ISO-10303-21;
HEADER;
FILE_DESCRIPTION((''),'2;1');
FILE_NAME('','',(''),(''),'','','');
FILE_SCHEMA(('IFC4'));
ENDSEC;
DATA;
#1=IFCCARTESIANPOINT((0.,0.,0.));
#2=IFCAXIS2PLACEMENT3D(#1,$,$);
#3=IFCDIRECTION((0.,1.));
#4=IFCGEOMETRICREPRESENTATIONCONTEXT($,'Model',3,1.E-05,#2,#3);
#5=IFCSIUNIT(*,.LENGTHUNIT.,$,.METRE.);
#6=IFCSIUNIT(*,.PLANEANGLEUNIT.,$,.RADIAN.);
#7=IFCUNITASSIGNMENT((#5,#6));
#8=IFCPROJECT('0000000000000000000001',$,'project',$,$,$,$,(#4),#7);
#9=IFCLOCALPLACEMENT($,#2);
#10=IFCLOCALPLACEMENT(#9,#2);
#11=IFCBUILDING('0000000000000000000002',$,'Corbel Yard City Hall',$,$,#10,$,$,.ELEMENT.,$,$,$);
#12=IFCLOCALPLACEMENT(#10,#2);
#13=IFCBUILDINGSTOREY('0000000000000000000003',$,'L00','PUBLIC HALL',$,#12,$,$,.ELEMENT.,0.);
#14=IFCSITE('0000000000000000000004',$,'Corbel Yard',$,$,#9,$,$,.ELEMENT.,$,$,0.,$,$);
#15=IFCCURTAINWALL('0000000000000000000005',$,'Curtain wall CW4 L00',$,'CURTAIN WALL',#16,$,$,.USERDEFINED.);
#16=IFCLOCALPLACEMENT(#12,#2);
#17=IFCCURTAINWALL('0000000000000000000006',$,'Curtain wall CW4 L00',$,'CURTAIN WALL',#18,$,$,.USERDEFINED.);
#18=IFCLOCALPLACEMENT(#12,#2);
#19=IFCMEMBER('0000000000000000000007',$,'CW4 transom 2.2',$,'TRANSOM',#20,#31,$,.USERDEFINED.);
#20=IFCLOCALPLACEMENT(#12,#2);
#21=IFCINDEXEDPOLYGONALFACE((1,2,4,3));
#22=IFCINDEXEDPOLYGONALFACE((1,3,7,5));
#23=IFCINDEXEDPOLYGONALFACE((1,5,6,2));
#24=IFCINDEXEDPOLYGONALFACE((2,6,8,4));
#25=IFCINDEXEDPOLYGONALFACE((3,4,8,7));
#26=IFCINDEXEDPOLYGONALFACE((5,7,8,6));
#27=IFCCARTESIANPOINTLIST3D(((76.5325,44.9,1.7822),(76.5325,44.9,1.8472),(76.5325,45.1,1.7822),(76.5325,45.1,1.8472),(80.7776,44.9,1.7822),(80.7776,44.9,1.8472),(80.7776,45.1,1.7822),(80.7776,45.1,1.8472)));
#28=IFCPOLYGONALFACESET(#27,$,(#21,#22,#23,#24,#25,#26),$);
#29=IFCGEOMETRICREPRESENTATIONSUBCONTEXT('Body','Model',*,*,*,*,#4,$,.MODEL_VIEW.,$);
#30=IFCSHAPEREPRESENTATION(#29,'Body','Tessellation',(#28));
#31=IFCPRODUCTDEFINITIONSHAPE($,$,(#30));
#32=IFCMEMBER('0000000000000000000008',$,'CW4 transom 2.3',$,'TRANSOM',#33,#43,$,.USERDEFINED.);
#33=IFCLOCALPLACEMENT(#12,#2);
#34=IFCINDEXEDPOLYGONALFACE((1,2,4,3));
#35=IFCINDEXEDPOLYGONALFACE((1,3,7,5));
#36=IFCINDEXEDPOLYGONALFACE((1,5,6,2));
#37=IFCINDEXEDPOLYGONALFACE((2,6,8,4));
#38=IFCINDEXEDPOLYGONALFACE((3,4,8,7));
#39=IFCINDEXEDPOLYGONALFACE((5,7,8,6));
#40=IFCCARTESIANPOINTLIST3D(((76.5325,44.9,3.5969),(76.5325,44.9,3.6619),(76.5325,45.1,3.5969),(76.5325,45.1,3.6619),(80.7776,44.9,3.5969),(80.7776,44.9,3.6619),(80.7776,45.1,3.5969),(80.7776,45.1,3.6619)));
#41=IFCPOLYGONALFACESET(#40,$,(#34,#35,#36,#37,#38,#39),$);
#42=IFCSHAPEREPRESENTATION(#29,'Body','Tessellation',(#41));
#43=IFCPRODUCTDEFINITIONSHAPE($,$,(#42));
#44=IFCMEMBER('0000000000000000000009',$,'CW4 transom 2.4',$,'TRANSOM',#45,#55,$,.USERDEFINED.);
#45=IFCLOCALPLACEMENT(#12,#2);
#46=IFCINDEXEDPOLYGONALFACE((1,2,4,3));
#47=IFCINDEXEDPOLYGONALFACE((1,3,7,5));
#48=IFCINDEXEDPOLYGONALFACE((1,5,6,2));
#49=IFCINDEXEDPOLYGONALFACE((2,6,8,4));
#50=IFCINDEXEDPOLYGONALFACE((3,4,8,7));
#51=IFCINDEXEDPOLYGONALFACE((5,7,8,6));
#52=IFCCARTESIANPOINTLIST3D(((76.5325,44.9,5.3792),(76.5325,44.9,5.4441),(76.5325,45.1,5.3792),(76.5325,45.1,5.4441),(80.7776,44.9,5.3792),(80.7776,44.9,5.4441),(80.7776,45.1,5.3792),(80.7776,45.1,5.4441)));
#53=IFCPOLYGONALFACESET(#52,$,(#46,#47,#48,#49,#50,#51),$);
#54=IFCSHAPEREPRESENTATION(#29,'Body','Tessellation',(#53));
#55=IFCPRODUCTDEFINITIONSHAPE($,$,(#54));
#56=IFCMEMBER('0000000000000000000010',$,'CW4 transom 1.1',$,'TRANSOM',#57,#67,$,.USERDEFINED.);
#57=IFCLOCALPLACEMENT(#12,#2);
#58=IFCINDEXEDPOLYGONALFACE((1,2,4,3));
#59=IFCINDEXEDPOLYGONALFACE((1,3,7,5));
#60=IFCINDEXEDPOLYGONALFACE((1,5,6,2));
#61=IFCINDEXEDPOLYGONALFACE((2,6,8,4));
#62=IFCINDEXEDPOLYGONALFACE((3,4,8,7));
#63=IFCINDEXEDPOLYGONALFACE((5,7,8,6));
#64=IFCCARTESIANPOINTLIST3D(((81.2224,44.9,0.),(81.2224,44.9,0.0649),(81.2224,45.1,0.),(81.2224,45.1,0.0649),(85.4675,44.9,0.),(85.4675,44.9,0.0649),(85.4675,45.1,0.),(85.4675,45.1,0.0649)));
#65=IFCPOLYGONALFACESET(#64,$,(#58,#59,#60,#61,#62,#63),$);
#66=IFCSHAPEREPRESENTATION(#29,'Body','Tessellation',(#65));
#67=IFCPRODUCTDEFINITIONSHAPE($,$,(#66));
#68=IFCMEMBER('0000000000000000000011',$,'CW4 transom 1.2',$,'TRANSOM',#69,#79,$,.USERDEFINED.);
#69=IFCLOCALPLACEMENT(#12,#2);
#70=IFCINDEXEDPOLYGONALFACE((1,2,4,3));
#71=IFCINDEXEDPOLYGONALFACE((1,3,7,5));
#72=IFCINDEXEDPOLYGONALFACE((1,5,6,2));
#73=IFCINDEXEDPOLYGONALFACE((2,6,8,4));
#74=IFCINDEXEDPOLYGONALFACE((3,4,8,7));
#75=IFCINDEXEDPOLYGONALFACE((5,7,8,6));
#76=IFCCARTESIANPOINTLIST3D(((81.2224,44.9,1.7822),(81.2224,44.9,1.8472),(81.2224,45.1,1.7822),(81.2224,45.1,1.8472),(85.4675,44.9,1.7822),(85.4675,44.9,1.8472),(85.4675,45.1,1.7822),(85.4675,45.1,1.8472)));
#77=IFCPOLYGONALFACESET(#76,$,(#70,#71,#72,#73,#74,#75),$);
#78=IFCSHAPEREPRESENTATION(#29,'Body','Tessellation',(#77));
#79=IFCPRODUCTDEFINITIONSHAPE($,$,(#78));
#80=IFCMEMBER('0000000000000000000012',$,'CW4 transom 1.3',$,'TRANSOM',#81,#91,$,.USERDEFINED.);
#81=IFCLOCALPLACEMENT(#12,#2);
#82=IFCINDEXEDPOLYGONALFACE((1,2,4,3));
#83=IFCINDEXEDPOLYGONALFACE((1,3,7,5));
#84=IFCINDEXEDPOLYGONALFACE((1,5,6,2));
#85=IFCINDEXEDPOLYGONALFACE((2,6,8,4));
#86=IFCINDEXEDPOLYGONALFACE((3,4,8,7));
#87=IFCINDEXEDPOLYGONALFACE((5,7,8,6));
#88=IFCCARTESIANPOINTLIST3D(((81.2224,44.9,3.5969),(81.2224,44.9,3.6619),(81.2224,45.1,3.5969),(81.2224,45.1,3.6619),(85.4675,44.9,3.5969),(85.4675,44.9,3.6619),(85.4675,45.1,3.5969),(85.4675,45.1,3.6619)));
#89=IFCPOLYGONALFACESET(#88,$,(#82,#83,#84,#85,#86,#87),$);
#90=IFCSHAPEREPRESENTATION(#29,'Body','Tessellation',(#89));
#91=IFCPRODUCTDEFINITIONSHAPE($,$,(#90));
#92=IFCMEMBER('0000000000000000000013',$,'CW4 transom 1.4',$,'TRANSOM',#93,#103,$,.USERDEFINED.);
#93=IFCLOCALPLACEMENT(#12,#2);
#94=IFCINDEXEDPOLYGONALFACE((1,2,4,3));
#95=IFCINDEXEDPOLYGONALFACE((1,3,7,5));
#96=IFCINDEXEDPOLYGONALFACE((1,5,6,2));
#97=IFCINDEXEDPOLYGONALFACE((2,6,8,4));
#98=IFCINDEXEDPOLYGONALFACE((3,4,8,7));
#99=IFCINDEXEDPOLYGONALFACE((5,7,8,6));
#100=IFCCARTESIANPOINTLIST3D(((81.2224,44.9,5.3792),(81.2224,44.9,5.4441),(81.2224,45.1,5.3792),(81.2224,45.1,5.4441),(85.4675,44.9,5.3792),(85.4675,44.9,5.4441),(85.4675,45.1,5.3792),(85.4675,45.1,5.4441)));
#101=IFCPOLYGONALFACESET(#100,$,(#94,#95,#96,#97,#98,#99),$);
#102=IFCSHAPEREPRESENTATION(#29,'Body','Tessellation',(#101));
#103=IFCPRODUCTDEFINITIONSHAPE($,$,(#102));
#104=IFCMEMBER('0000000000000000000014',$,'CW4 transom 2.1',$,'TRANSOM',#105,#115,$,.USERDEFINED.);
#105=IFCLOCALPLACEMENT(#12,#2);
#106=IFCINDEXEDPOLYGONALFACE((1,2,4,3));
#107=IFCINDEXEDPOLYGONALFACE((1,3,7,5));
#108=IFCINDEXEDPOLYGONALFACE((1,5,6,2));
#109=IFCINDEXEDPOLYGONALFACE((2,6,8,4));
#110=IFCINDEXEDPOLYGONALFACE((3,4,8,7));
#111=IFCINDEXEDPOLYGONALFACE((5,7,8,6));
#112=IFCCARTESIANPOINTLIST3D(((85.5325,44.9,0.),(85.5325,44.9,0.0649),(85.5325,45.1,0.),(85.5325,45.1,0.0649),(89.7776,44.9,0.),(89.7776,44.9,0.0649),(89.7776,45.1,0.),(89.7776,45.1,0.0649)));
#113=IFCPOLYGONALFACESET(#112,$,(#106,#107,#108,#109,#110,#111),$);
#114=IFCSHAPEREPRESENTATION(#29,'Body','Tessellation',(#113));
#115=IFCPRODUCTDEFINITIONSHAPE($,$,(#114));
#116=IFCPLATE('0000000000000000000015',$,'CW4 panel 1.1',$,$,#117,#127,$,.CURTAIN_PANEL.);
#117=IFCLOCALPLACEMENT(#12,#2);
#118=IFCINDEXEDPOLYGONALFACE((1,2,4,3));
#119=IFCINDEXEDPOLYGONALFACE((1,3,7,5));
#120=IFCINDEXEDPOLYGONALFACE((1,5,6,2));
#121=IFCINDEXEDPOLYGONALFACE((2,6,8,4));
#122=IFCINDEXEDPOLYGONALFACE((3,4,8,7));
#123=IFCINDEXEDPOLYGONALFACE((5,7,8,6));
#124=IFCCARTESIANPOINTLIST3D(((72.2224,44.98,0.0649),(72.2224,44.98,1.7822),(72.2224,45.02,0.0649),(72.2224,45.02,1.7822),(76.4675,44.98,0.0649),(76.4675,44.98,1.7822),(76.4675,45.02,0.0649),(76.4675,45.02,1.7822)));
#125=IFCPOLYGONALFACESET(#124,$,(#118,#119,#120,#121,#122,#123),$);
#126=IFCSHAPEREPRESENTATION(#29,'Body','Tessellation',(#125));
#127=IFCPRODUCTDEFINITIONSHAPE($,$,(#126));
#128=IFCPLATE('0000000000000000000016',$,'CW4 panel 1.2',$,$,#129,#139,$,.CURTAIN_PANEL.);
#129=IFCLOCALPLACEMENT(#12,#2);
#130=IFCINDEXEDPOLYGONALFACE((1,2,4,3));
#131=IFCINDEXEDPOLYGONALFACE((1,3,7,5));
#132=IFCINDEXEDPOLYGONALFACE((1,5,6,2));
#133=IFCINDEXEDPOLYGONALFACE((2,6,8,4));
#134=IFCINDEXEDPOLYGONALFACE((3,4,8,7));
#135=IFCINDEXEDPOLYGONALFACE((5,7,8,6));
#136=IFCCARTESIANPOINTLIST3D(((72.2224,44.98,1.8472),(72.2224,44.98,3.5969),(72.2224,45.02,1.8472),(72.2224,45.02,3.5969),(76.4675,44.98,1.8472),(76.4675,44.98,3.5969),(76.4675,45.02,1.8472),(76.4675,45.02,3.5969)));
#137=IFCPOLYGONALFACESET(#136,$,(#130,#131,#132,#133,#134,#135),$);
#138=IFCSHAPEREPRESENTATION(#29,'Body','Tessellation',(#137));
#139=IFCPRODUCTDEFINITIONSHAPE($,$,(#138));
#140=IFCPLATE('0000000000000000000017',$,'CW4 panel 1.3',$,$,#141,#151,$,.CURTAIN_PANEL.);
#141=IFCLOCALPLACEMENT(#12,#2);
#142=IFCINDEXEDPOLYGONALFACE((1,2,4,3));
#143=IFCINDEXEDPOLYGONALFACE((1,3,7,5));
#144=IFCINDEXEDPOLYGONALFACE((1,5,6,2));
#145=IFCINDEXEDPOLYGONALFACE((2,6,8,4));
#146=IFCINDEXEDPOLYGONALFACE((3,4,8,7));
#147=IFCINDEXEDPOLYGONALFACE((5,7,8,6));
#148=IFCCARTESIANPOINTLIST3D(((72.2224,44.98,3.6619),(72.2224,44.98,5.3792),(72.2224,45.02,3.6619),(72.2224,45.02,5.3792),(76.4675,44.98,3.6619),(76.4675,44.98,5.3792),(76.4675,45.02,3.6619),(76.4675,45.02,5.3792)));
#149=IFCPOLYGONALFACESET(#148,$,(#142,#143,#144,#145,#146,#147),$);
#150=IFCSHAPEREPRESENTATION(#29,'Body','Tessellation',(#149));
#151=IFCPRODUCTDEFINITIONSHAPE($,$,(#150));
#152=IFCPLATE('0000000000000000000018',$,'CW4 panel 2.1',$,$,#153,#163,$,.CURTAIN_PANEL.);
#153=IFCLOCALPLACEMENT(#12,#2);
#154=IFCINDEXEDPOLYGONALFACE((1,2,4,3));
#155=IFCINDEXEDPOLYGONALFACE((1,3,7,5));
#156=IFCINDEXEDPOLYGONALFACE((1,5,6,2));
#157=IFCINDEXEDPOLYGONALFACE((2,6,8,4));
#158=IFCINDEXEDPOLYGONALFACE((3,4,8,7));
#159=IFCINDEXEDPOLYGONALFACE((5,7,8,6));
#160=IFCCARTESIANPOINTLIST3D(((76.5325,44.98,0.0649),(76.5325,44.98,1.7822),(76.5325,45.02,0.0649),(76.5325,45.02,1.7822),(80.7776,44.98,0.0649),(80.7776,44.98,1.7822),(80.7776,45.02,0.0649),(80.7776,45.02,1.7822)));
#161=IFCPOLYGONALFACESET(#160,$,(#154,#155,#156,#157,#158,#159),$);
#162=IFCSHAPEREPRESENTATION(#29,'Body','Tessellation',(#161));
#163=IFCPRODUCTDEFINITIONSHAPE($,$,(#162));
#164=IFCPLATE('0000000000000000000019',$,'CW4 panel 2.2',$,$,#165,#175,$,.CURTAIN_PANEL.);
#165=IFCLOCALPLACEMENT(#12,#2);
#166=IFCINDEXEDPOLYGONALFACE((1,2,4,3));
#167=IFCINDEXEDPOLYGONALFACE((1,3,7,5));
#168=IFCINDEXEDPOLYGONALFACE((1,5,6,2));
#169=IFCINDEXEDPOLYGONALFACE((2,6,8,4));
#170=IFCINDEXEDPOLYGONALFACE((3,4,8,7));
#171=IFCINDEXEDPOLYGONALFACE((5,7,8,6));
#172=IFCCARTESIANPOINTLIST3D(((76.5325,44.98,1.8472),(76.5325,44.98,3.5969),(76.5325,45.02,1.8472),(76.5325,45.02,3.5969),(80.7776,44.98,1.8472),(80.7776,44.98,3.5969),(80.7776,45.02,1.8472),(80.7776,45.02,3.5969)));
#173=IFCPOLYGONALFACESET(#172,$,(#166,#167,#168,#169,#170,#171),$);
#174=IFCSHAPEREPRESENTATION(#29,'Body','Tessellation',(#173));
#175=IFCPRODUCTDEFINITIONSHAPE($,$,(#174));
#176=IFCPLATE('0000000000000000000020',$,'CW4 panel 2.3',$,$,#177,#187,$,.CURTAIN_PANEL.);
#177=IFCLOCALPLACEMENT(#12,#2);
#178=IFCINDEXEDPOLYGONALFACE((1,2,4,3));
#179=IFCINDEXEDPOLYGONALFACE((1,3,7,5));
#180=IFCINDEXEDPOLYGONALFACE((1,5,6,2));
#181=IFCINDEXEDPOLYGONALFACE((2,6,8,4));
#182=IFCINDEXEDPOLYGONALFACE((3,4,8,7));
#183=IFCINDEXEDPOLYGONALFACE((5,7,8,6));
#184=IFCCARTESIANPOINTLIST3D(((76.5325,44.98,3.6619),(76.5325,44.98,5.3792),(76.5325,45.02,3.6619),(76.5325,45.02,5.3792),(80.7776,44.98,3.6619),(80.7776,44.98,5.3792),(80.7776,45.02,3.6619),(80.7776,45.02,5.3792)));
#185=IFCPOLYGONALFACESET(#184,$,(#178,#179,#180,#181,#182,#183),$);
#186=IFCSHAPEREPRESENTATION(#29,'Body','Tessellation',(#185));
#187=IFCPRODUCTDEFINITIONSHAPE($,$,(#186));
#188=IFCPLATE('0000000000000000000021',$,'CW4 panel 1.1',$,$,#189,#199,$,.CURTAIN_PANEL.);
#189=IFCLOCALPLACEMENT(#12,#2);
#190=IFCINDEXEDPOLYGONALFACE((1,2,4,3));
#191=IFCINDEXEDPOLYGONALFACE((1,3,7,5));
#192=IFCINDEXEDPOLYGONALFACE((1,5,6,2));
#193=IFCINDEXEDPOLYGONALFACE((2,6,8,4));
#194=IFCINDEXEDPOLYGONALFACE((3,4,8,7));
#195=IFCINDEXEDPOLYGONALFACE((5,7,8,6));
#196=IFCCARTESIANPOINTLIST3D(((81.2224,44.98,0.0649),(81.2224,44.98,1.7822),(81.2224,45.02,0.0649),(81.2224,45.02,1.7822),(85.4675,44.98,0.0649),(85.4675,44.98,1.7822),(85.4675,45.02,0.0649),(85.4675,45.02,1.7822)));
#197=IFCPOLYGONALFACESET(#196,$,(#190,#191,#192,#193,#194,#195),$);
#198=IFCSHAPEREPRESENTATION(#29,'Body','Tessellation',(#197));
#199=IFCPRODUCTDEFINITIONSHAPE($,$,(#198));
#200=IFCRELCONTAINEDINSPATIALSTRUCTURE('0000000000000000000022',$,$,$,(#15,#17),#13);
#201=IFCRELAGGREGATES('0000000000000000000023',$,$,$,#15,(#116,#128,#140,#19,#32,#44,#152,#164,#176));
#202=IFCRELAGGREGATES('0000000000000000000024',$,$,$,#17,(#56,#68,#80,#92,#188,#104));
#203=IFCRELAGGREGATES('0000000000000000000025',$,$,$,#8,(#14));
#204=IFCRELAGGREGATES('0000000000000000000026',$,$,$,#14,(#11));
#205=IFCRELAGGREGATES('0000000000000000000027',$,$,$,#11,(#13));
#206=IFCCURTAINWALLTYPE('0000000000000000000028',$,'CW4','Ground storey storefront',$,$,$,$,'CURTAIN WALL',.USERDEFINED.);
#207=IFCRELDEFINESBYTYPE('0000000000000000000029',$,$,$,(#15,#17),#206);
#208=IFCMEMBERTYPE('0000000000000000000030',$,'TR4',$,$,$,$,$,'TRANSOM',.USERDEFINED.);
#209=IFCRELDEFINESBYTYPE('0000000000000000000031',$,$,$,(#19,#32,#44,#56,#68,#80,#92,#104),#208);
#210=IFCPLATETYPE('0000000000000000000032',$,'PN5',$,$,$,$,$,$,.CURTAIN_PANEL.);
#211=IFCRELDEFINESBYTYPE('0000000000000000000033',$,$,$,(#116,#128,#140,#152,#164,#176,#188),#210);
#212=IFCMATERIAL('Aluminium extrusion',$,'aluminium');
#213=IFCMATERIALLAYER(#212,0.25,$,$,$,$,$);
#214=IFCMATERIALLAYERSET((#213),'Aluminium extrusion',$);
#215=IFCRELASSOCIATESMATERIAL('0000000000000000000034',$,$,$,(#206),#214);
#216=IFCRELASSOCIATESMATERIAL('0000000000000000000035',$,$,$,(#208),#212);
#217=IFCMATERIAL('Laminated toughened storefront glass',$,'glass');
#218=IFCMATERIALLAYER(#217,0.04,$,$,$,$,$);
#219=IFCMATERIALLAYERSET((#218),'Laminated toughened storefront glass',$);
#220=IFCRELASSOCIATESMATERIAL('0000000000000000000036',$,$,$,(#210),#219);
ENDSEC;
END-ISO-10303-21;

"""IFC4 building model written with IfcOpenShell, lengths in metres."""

from ifc_helpers import new_model, si_unit, direction, frame, origin, origin_2d, place, context, subcontext, project, spatial, rectangle, extrude, material, layer, layer_set, material_profile, profile_set, type_object, element, aggregate, save


model = new_model("IFC4")

# Units and contexts
model_context = context("Model", 3, precision=1e-05, world=origin(), true_north=direction((0.0, 1.0)))
body_context = subcontext(model_context, "Body", "Model", "MODEL_VIEW")
ifc_project = project(units=[si_unit("LENGTHUNIT", "METRE"), si_unit("PLANEANGLEUNIT", "RADIAN")], contexts=[model_context])

# Site, building, storey
site_placement = place(None, origin())
site = spatial("IfcSite", under=ifc_project, at=site_placement, Name="Corbel Yard", CompositionType="ELEMENT", RefElevation=0.0)
building_placement = place(site_placement, origin())
building = spatial("IfcBuilding", under=site, at=building_placement, Name="Corbel Yard City Hall", CompositionType="ELEMENT")
storey_placement = place(building_placement, origin())
storey = spatial("IfcBuildingStorey", under=building, at=storey_placement, Name="L00", Description="PUBLIC HALL", CompositionType="ELEMENT", Elevation=0.0)

# Curtain walls
ifc_material_1 = material(Name="Aluminium extrusion", Category="aluminium")
ifc_layer_1 = layer(ifc_material_1, 0.25)
ifc_layer_set_1 = layer_set([ifc_layer_1], Name="Aluminium extrusion")
curtain_wall_type = type_object("IfcCurtainWallType", Name="CW4", Description="Ground storey storefront", ElementType="CURTAIN WALL", PredefinedType="USERDEFINED", material=ifc_layer_set_1)
curtain_wall_1_placement = place(storey_placement, origin())
curtain_wall_1 = element("IfcCurtainWall", 1, at=curtain_wall_1_placement, inside=storey, type_object=curtain_wall_type, Name="Curtain wall CW4 L00", ObjectType="CURTAIN WALL", PredefinedType="USERDEFINED")
curtain_wall_2_placement = place(storey_placement, origin())
curtain_wall_2 = element("IfcCurtainWall", 2, at=curtain_wall_2_placement, inside=storey, type_object=curtain_wall_type, Name="Curtain wall CW4 L00", ObjectType="CURTAIN WALL", PredefinedType="USERDEFINED")

# Members
ifc_material_profile_1 = material_profile(ifc_material_1, rectangle(XDim=0.2, YDim=0.0649, at=origin_2d()), Name="200x65")
ifc_profile_set_1 = profile_set([ifc_material_profile_1], Name="Aluminium extrusion")
member_type_1 = type_object("IfcMemberType", Name="TR4", ElementType="TRANSOM", PredefinedType="USERDEFINED", material=ifc_profile_set_1)
member_1_placement = place(storey_placement, frame((76.5325, 45.0, 1.8147), z_axis=(1.0, 0.0, 0.0), x_axis=(0.0, 1.0, 0.0)))
member_1 = element("IfcMember", 3, at=member_1_placement, type_object=member_type_1, Name="CW4 transom 2.2", ObjectType="TRANSOM", PredefinedType="USERDEFINED", context=body_context, shape_type="SweptSolid", body=[
    extrude(rectangle(XDim=0.2, YDim=0.0649, at=origin_2d()), origin(), (0.0, 0.0, 1.0), 4.2451),
])
member_2_placement = place(storey_placement, frame((76.5325, 45.0, 3.6294), z_axis=(1.0, 0.0, 0.0), x_axis=(0.0, 1.0, 0.0)))
member_2 = element("IfcMember", 4, at=member_2_placement, type_object=member_type_1, Name="CW4 transom 2.3", ObjectType="TRANSOM", PredefinedType="USERDEFINED", context=body_context, shape_type="SweptSolid", body=[
    extrude(rectangle(XDim=0.2, YDim=0.0649, at=origin_2d()), origin(), (0.0, 0.0, 1.0), 4.2451),
])
member_3_placement = place(storey_placement, frame((76.5325, 45.0, 5.4116), z_axis=(1.0, 0.0, 0.0), x_axis=(0.0, 1.0, 0.0)))
member_3 = element("IfcMember", 5, at=member_3_placement, type_object=member_type_1, Name="CW4 transom 2.4", ObjectType="TRANSOM", PredefinedType="USERDEFINED", context=body_context, shape_type="SweptSolid", body=[
    extrude(rectangle(XDim=0.2, YDim=0.0649, at=origin_2d()), origin(), (0.0, 0.0, 1.0), 4.2451),
])
member_4_placement = place(storey_placement, frame((81.2224, 45.0, 0.0325), z_axis=(1.0, 0.0, 0.0), x_axis=(0.0, 1.0, 0.0)))
member_4 = element("IfcMember", 6, at=member_4_placement, type_object=member_type_1, Name="CW4 transom 1.1", ObjectType="TRANSOM", PredefinedType="USERDEFINED", context=body_context, shape_type="SweptSolid", body=[
    extrude(rectangle(XDim=0.2, YDim=0.0649, at=origin_2d()), origin(), (0.0, 0.0, 1.0), 4.2451),
])
member_5_placement = place(storey_placement, frame((81.2224, 45.0, 1.8147), z_axis=(1.0, 0.0, 0.0), x_axis=(0.0, 1.0, 0.0)))
member_5 = element("IfcMember", 7, at=member_5_placement, type_object=member_type_1, Name="CW4 transom 1.2", ObjectType="TRANSOM", PredefinedType="USERDEFINED", context=body_context, shape_type="SweptSolid", body=[
    extrude(rectangle(XDim=0.2, YDim=0.0649, at=origin_2d()), origin(), (0.0, 0.0, 1.0), 4.2451),
])
member_6_placement = place(storey_placement, frame((81.2224, 45.0, 3.6294), z_axis=(1.0, 0.0, 0.0), x_axis=(0.0, 1.0, 0.0)))
member_6 = element("IfcMember", 8, at=member_6_placement, type_object=member_type_1, Name="CW4 transom 1.3", ObjectType="TRANSOM", PredefinedType="USERDEFINED", context=body_context, shape_type="SweptSolid", body=[
    extrude(rectangle(XDim=0.2, YDim=0.0649, at=origin_2d()), origin(), (0.0, 0.0, 1.0), 4.2451),
])
member_7_placement = place(storey_placement, frame((81.2224, 45.0, 5.4116), z_axis=(1.0, 0.0, 0.0), x_axis=(0.0, 1.0, 0.0)))
member_7 = element("IfcMember", 9, at=member_7_placement, type_object=member_type_1, Name="CW4 transom 1.4", ObjectType="TRANSOM", PredefinedType="USERDEFINED", context=body_context, shape_type="SweptSolid", body=[
    extrude(rectangle(XDim=0.2, YDim=0.0649, at=origin_2d()), origin(), (0.0, 0.0, 1.0), 4.2451),
])
member_8_placement = place(storey_placement, frame((85.5325, 45.0, 0.0325), z_axis=(1.0, 0.0, 0.0), x_axis=(0.0, 1.0, 0.0)))
member_8 = element("IfcMember", 10, at=member_8_placement, type_object=member_type_1, Name="CW4 transom 2.1", ObjectType="TRANSOM", PredefinedType="USERDEFINED", context=body_context, shape_type="SweptSolid", body=[
    extrude(rectangle(XDim=0.2, YDim=0.0649, at=origin_2d()), origin(), (0.0, 0.0, 1.0), 4.2451),
])

# Plates
ifc_material_2 = material(Name="Laminated toughened storefront glass", Category="glass")
ifc_layer_2 = layer(ifc_material_2, 0.04)
ifc_layer_set_2 = layer_set([ifc_layer_2], Name="Laminated toughened storefront glass")
plate_type = type_object("IfcPlateType", Name="PN5", PredefinedType="CURTAIN_PANEL", material=ifc_layer_set_2)
plate_1_placement = place(storey_placement, frame((74.345, 45.0, 0.0649), z_axis=(0.0, 0.0, 1.0), x_axis=(1.0, 0.0, 0.0)))
plate_1 = element("IfcPlate", 11, at=plate_1_placement, type_object=plate_type, Name="CW4 panel 1.1", PredefinedType="CURTAIN_PANEL", context=body_context, shape_type="SweptSolid", body=[
    extrude(rectangle(XDim=4.2451, YDim=0.04, at=origin_2d()), origin(), (0.0, 0.0, 1.0), 1.7173),
])
plate_2_placement = place(storey_placement, frame((74.345, 45.0, 1.8472), z_axis=(0.0, 0.0, 1.0), x_axis=(1.0, 0.0, 0.0)))
plate_2 = element("IfcPlate", 12, at=plate_2_placement, type_object=plate_type, Name="CW4 panel 1.2", PredefinedType="CURTAIN_PANEL", context=body_context, shape_type="SweptSolid", body=[
    extrude(rectangle(XDim=4.2451, YDim=0.04, at=origin_2d()), origin(), (0.0, 0.0, 1.0), 1.7498),
])
plate_3_placement = place(storey_placement, frame((74.345, 45.0, 3.6619), z_axis=(0.0, 0.0, 1.0), x_axis=(1.0, 0.0, 0.0)))
plate_3 = element("IfcPlate", 13, at=plate_3_placement, type_object=plate_type, Name="CW4 panel 1.3", PredefinedType="CURTAIN_PANEL", context=body_context, shape_type="SweptSolid", body=[
    extrude(rectangle(XDim=4.2451, YDim=0.04, at=origin_2d()), origin(), (0.0, 0.0, 1.0), 1.7173),
])
plate_4_placement = place(storey_placement, frame((78.655, 45.0, 0.0649), z_axis=(0.0, 0.0, 1.0), x_axis=(1.0, 0.0, 0.0)))
plate_4 = element("IfcPlate", 14, at=plate_4_placement, type_object=plate_type, Name="CW4 panel 2.1", PredefinedType="CURTAIN_PANEL", context=body_context, shape_type="SweptSolid", body=[
    extrude(rectangle(XDim=4.2451, YDim=0.04, at=origin_2d()), origin(), (0.0, 0.0, 1.0), 1.7173),
])
plate_5_placement = place(storey_placement, frame((78.655, 45.0, 1.8472), z_axis=(0.0, 0.0, 1.0), x_axis=(1.0, 0.0, 0.0)))
plate_5 = element("IfcPlate", 15, at=plate_5_placement, type_object=plate_type, Name="CW4 panel 2.2", PredefinedType="CURTAIN_PANEL", context=body_context, shape_type="SweptSolid", body=[
    extrude(rectangle(XDim=4.2451, YDim=0.04, at=origin_2d()), origin(), (0.0, 0.0, 1.0), 1.7498),
])
plate_6_placement = place(storey_placement, frame((78.655, 45.0, 3.6619), z_axis=(0.0, 0.0, 1.0), x_axis=(1.0, 0.0, 0.0)))
plate_6 = element("IfcPlate", 16, at=plate_6_placement, type_object=plate_type, Name="CW4 panel 2.3", PredefinedType="CURTAIN_PANEL", context=body_context, shape_type="SweptSolid", body=[
    extrude(rectangle(XDim=4.2451, YDim=0.04, at=origin_2d()), origin(), (0.0, 0.0, 1.0), 1.7173),
])
aggregate(curtain_wall_1, [plate_1, plate_2, plate_3, member_1, member_2, member_3, plate_4, plate_5, plate_6])
plate_7_placement = place(storey_placement, frame((83.345, 45.0, 0.0649), z_axis=(0.0, 0.0, 1.0), x_axis=(1.0, 0.0, 0.0)))
plate_7 = element("IfcPlate", 17, at=plate_7_placement, type_object=plate_type, Name="CW4 panel 1.1", PredefinedType="CURTAIN_PANEL", context=body_context, shape_type="SweptSolid", body=[
    extrude(rectangle(XDim=4.2451, YDim=0.04, at=origin_2d()), origin(), (0.0, 0.0, 1.0), 1.7173),
])
aggregate(curtain_wall_2, [member_4, member_5, member_6, member_7, plate_7, member_8])

save(model, "model.ifc")
